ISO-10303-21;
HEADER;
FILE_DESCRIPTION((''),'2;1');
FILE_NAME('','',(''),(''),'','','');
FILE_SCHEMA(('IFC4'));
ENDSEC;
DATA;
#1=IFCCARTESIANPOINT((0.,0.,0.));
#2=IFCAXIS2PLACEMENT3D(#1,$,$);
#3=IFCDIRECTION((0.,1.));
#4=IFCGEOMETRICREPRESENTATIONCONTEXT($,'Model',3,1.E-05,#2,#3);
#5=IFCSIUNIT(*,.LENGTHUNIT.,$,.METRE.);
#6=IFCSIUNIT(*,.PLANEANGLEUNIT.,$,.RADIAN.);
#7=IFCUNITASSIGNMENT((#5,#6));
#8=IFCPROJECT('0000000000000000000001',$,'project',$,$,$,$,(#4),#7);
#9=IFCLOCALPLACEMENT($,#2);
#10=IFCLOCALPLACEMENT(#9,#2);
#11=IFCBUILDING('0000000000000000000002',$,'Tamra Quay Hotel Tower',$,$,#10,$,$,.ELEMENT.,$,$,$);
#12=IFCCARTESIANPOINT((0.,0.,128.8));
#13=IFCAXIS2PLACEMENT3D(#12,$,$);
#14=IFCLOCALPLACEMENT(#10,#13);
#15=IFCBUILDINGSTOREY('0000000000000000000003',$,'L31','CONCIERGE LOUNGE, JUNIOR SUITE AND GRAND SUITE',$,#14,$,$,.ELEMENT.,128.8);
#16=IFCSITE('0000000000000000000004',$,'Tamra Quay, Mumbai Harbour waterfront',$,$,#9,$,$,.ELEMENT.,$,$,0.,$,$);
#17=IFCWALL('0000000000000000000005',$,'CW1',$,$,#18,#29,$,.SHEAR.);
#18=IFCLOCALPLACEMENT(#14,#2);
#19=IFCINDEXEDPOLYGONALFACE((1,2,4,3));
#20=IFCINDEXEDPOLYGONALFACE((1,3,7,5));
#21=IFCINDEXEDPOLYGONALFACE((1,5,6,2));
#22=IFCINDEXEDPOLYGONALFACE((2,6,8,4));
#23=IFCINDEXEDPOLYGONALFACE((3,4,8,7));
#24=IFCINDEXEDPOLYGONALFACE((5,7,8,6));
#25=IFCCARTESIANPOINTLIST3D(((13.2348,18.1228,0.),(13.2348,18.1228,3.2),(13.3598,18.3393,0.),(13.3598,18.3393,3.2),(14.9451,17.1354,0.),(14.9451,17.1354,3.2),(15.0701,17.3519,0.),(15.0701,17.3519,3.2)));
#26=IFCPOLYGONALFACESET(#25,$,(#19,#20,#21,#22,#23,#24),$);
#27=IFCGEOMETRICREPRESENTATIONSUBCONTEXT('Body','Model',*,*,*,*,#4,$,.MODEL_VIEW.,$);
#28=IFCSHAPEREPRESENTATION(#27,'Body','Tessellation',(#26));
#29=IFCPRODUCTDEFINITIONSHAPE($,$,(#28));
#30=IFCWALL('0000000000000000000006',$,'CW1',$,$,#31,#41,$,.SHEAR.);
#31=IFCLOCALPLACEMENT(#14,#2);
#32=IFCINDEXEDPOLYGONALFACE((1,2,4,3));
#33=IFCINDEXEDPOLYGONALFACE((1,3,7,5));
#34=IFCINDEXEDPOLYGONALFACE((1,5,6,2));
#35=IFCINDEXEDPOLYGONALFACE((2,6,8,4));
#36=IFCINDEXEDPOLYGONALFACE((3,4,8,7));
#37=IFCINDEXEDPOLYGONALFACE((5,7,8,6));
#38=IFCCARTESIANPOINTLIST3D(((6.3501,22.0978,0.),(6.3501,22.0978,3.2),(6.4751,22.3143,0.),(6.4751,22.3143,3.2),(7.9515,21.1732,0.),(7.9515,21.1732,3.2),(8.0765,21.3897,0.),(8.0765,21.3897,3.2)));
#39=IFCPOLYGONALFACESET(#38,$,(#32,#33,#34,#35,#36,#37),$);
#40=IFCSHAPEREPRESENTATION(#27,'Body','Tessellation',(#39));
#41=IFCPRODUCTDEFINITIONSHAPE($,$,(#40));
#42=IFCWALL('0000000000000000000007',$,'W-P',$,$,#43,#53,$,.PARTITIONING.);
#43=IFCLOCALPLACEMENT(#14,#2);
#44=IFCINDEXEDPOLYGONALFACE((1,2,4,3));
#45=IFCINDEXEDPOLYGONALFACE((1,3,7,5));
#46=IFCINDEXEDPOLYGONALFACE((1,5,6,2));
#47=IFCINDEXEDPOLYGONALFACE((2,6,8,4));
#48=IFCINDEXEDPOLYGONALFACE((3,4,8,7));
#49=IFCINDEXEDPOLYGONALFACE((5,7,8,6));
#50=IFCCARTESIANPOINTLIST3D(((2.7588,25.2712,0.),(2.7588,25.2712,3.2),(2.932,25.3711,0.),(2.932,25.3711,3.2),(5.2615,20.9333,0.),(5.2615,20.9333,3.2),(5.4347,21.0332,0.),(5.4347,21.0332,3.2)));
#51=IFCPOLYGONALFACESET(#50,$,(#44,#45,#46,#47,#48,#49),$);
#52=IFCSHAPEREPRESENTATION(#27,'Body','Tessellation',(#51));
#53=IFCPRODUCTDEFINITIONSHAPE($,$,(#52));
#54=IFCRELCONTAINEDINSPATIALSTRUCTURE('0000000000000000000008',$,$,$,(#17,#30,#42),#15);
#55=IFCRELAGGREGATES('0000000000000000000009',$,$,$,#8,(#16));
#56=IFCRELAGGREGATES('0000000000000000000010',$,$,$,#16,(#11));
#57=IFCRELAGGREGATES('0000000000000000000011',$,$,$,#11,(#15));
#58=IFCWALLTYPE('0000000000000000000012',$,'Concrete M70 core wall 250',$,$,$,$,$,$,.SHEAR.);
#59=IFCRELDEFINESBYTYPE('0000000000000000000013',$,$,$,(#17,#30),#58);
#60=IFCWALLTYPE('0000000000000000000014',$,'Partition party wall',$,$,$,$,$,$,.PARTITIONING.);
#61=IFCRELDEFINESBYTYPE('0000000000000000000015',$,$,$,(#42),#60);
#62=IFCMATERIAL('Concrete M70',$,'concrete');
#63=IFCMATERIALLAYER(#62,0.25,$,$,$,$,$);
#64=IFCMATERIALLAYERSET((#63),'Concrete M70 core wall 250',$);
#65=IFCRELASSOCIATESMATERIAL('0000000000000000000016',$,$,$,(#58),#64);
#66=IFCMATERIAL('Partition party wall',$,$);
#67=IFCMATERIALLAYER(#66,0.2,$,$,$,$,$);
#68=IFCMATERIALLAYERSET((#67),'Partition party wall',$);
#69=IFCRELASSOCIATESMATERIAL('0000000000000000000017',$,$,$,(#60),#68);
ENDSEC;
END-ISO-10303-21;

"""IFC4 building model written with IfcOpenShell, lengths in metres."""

from ifc_helpers import new_model, si_unit, direction, frame, frame_2d, origin, place, context, subcontext, project, spatial, rectangle, extrude, material, layer, layer_set, type_object, element, save


model = new_model("IFC4")

# Units and contexts
model_context = context("Model", 3, precision=1e-05, world=origin(), true_north=direction((0.0, 1.0)))
body_context = subcontext(model_context, "Body", "Model", "MODEL_VIEW")
ifc_project = project(units=[si_unit("LENGTHUNIT", "METRE"), si_unit("PLANEANGLEUNIT", "RADIAN")], contexts=[model_context])

# Site, building, storey
site_placement = place(None, origin())
site = spatial("IfcSite", under=ifc_project, at=site_placement, Name="Tamra Quay, Mumbai Harbour waterfront", CompositionType="ELEMENT", RefElevation=0.0)
building_placement = place(site_placement, origin())
building = spatial("IfcBuilding", under=site, at=building_placement, Name="Tamra Quay Hotel Tower", CompositionType="ELEMENT")
storey_placement = place(building_placement, frame((0.0, 0.0, 128.8)))
storey = spatial("IfcBuildingStorey", under=building, at=storey_placement, Name="L31", Description="CONCIERGE LOUNGE, JUNIOR SUITE AND GRAND SUITE", CompositionType="ELEMENT", Elevation=128.8)

# Shared definitions
ifc_material_1 = material(Name="Concrete M70", Category="concrete")

# Walls
ifc_layer_1 = layer(ifc_material_1, 0.25)
ifc_layer_set_1 = layer_set([ifc_layer_1], Name="Concrete M70 core wall 250")
wall_type_1 = type_object("IfcWallType", Name="Concrete M70 core wall 250", PredefinedType="SHEAR", material=ifc_layer_set_1)
wall_1_placement = place(storey_placement, frame((13.2974, 18.231, 0.0), z_axis=(0.0, 0.0, 1.0), x_axis=(0.866044, -0.499969, 0.0)))
element("IfcWall", 1, at=wall_1_placement, inside=storey, type_object=wall_type_1, Name="CW1", PredefinedType="SHEAR", context=body_context, shape_type="SweptSolid", body=[
    extrude(rectangle(XDim=1.9749, YDim=0.25, at=frame_2d((0.9873, 0.0))), origin(), (0.0, 0.0, 1.0), 3.2),
])
wall_2_placement = place(storey_placement, frame((6.4126, 22.2061, 0.0), z_axis=(0.0, 0.0, 1.0), x_axis=(0.866016, -0.500016, 0.0)))
element("IfcWall", 2, at=wall_2_placement, inside=storey, type_object=wall_type_1, Name="CW1", PredefinedType="SHEAR", context=body_context, shape_type="SweptSolid", body=[
    extrude(rectangle(XDim=1.8491, YDim=0.25, at=frame_2d((0.9246, 0.0))), origin(), (0.0, 0.0, 1.0), 3.2),
])
ifc_material_2 = material(Name="Partition party wall")
ifc_layer_2 = layer(ifc_material_2, 0.2)
ifc_layer_set_2 = layer_set([ifc_layer_2], Name="Partition party wall")
wall_type_2 = type_object("IfcWallType", Name="Partition party wall", PredefinedType="PARTITIONING", material=ifc_layer_set_2)
wall_3_placement = place(storey_placement, frame((2.8455, 25.321, 0.0), z_axis=(0.0, 0.0, 1.0), x_axis=(0.499731, -0.866181, 0.0)))
element("IfcWall", 3, at=wall_3_placement, inside=storey, type_object=wall_type_2, Name="W-P", PredefinedType="PARTITIONING", context=body_context, shape_type="SweptSolid", body=[
    extrude(rectangle(XDim=5.0081, YDim=0.2, at=frame_2d((2.5039, 0.0))), origin(), (0.0, 0.0, 1.0), 3.2),
])

save(model, "model.ifc")
